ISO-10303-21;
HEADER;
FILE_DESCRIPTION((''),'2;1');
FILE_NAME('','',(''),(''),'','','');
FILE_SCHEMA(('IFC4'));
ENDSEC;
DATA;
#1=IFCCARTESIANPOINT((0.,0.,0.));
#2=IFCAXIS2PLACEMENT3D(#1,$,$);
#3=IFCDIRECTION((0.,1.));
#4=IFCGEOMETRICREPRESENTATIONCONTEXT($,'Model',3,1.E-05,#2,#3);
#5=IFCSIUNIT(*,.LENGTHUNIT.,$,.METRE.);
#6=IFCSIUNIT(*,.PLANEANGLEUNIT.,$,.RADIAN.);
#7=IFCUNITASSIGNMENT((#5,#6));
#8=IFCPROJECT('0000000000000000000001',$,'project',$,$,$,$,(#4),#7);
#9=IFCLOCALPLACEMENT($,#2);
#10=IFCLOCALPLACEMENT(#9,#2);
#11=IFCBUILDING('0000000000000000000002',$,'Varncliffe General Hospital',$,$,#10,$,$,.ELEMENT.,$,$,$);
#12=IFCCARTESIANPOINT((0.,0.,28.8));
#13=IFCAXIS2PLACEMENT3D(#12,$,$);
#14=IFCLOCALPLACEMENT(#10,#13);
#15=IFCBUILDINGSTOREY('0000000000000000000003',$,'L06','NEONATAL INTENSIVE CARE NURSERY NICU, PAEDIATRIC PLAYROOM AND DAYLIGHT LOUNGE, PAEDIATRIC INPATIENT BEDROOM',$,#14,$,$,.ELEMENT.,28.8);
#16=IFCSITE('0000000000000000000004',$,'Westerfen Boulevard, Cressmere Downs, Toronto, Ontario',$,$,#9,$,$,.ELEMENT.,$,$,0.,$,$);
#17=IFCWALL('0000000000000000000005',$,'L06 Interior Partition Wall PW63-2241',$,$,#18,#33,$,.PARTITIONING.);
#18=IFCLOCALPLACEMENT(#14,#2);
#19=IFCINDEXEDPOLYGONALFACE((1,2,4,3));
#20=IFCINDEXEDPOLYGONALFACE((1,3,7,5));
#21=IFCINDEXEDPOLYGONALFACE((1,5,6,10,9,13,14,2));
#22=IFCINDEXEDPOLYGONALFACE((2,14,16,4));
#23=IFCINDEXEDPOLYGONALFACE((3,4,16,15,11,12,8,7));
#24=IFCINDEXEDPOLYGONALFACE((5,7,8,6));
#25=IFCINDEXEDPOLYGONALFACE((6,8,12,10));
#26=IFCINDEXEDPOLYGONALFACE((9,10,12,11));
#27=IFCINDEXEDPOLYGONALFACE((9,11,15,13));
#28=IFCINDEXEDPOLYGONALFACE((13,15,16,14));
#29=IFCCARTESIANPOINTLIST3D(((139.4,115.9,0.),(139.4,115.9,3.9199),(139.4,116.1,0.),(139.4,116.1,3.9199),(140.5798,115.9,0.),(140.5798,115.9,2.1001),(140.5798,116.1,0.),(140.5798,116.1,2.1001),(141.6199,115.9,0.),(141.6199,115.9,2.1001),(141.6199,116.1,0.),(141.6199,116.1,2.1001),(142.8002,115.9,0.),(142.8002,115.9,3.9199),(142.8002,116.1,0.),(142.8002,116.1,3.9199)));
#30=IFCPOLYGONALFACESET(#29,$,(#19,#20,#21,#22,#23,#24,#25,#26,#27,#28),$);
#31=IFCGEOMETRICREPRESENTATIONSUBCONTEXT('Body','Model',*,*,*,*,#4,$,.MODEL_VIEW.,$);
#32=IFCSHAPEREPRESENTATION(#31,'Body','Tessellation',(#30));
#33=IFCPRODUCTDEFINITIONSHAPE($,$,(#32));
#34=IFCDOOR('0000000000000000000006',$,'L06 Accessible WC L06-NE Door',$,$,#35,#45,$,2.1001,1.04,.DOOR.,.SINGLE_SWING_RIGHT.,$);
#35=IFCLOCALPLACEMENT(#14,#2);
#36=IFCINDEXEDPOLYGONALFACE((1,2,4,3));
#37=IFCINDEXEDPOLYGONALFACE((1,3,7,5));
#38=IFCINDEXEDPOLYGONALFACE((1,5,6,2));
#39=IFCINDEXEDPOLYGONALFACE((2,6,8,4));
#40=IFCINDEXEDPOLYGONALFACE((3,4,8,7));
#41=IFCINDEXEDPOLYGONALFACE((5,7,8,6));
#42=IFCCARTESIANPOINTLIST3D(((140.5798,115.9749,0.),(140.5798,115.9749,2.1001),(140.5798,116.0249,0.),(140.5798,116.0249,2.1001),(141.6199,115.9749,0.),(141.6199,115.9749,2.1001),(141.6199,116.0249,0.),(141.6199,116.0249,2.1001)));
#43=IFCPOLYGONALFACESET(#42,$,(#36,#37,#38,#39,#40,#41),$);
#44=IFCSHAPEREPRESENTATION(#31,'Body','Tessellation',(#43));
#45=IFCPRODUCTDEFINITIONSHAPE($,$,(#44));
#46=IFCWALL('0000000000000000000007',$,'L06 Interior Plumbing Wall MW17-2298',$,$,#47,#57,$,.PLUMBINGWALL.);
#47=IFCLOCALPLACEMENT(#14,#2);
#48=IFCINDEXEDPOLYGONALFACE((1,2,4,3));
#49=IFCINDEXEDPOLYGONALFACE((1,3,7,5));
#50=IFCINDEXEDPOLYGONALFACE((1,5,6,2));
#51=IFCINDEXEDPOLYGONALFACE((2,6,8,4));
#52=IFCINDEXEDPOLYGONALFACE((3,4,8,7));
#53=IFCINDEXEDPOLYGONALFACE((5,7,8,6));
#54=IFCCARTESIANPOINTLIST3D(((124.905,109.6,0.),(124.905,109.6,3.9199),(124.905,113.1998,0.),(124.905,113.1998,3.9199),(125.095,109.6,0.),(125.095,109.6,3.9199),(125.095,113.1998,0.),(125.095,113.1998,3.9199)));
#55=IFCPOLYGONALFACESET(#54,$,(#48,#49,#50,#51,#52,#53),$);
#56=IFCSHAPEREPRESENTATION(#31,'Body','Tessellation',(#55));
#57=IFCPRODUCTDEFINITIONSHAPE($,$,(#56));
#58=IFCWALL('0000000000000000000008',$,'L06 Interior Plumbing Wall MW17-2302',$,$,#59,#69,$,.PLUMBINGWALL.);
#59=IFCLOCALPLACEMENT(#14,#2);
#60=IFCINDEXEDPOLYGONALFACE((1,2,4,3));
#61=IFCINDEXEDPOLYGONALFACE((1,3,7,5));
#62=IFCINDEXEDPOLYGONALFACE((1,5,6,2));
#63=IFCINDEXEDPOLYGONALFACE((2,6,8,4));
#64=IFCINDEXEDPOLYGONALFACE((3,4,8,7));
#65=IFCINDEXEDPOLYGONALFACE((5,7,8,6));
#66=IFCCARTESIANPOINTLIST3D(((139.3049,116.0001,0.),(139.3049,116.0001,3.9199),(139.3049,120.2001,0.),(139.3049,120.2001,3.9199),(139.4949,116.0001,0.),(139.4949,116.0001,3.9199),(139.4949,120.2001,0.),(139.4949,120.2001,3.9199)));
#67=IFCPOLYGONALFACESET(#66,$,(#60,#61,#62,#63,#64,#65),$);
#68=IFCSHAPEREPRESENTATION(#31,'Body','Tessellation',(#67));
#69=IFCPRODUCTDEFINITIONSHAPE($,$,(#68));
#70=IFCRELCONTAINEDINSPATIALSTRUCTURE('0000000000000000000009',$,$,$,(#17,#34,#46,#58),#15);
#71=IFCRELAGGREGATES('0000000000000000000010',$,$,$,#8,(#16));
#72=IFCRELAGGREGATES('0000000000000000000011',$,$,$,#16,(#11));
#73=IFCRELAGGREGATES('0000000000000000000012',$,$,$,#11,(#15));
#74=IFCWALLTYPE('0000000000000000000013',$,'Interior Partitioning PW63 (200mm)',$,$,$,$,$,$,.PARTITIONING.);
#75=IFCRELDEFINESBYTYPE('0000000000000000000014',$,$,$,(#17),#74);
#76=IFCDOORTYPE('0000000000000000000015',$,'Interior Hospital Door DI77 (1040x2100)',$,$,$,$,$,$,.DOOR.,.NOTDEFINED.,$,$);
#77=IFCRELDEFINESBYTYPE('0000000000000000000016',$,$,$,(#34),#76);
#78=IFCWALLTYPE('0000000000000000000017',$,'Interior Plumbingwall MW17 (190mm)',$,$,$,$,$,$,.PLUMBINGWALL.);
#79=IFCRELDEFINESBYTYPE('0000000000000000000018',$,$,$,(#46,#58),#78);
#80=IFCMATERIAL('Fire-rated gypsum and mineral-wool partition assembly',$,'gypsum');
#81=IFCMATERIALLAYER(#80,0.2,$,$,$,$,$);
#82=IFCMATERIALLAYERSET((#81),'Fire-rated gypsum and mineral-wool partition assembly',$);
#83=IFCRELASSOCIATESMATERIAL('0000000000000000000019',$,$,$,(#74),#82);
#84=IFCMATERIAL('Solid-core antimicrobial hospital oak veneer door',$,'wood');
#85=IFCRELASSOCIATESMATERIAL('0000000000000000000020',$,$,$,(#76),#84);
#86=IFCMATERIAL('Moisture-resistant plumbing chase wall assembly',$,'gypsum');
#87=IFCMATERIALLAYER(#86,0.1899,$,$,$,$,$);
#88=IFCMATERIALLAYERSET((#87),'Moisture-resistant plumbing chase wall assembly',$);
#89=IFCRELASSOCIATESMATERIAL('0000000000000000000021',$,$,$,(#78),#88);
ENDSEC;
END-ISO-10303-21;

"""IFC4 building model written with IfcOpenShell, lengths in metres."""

from ifc_helpers import new_model, si_unit, direction, frame, frame_2d, origin, place, context, subcontext, project, spatial, rectangle, extrude, material, layer, layer_set, type_object, element, fill, save


model = new_model("IFC4")

# Units and contexts
model_context = context("Model", 3, precision=1e-05, world=origin(), true_north=direction((0.0, 1.0)))
body_context = subcontext(model_context, "Body", "Model", "MODEL_VIEW")
ifc_project = project(units=[si_unit("LENGTHUNIT", "METRE"), si_unit("PLANEANGLEUNIT", "RADIAN")], contexts=[model_context])

# Site, building, storey
site_placement = place(None, origin())
site = spatial("IfcSite", under=ifc_project, at=site_placement, Name="Westerfen Boulevard, Cressmere Downs, Toronto, Ontario", CompositionType="ELEMENT", RefElevation=0.0)
building_placement = place(site_placement, origin())
building = spatial("IfcBuilding", under=site, at=building_placement, Name="Varncliffe General Hospital", CompositionType="ELEMENT")
storey_placement = place(building_placement, frame((0.0, 0.0, 28.8)))
storey = spatial("IfcBuildingStorey", under=building, at=storey_placement, Name="L06", Description="NEONATAL INTENSIVE CARE NURSERY NICU, PAEDIATRIC PLAYROOM AND DAYLIGHT LOUNGE, PAEDIATRIC INPATIENT BEDROOM", CompositionType="ELEMENT", Elevation=28.8)

# Shared definitions
ifc_material_1 = material(Name="Fire-rated gypsum and mineral-wool partition assembly", Category="gypsum")

# Wall, opening, door
ifc_layer_1 = layer(ifc_material_1, 0.2)
ifc_layer_set_1 = layer_set([ifc_layer_1], Name="Fire-rated gypsum and mineral-wool partition assembly")
wall_type_1 = type_object("IfcWallType", Name="Interior Partitioning PW63 (200mm)", PredefinedType="PARTITIONING", material=ifc_layer_set_1)
wall_1_placement = place(storey_placement, frame((139.3999, 116.0, 0.0), z_axis=(0.0, 0.0, 1.0), x_axis=(1.0, 0.0, 0.0)))
wall_1 = element("IfcWall", 1, at=wall_1_placement, inside=storey, type_object=wall_type_1, Name="L06 Interior Partition Wall PW63-2241", PredefinedType="PARTITIONING", context=body_context, shape_type="SweptSolid", body=[
    extrude(rectangle(XDim=3.4001, YDim=0.2, at=frame_2d((1.7002, 0.0))), origin(), (0.0, 0.0, 1.0), 3.9199),
])
opening_1_placement = place(wall_1_placement, frame((1.1799, 0.0, 0.0)))
opening_1 = element("IfcOpeningElement", 2, at=opening_1_placement, cuts=wall_1, PredefinedType="OPENING", context=body_context, shape_type="SweptSolid", body=[
    extrude(rectangle(XDim=1.04, YDim=2.1001, at=frame_2d((0.52, 1.05))), frame((0.0, 0.1099, 0.0), z_axis=(0.0, -1.0, 0.0), x_axis=(1.0, 0.0, 0.0)), (0.0, 0.0, 1.0), 0.22),
])
ifc_material_2 = material(Name="Solid-core antimicrobial hospital oak veneer door", Category="wood")
door_type_1 = type_object("IfcDoorType", Name="Interior Hospital Door DI77 (1040x2100)", OperationType="NOTDEFINED", PredefinedType="DOOR", material=ifc_material_2)
door_1_placement = place(opening_1_placement, origin())
door_1 = element("IfcDoor", 3, at=door_1_placement, inside=storey, type_object=door_type_1, Name="L06 Accessible WC L06-NE Door", OperationType="SINGLE_SWING_RIGHT", OverallHeight=2.1001, OverallWidth=1.04, PredefinedType="DOOR", context=body_context, shape_type="SweptSolid", body=[
    extrude(rectangle(XDim=1.04, YDim=2.1001, at=frame_2d((0.52, 1.05))), frame((0.0, 0.0249, 0.0), z_axis=(0.0, -1.0, 0.0), x_axis=(1.0, 0.0, 0.0)), (0.0, 0.0, 1.0), 0.05),
])
fill(opening_1, door_1)

# Walls
ifc_material_3 = material(Name="Moisture-resistant plumbing chase wall assembly", Category="gypsum")
ifc_layer_2 = layer(ifc_material_3, 0.1899)
ifc_layer_set_2 = layer_set([ifc_layer_2], Name="Moisture-resistant plumbing chase wall assembly")
wall_type_2 = type_object("IfcWallType", Name="Interior Plumbingwall MW17 (190mm)", PredefinedType="PLUMBINGWALL", material=ifc_layer_set_2)
wall_2_placement = place(storey_placement, frame((125.0, 109.6001, 0.0), z_axis=(0.0, 0.0, 1.0), x_axis=(0.0, 1.0, 0.0)))
element("IfcWall", 4, at=wall_2_placement, inside=storey, type_object=wall_type_2, Name="L06 Interior Plumbing Wall MW17-2298", PredefinedType="PLUMBINGWALL", context=body_context, shape_type="SweptSolid", body=[
    extrude(rectangle(XDim=3.5999, YDim=0.1899, at=frame_2d((1.7998, 0.0))), origin(), (0.0, 0.0, 1.0), 3.9199),
])
wall_3_placement = place(storey_placement, frame((139.3999, 116.0, 0.0), z_axis=(0.0, 0.0, 1.0), x_axis=(0.0, 1.0, 0.0)))
element("IfcWall", 5, at=wall_3_placement, inside=storey, type_object=wall_type_2, Name="L06 Interior Plumbing Wall MW17-2302", PredefinedType="PLUMBINGWALL", context=body_context, shape_type="SweptSolid", body=[
    extrude(rectangle(XDim=4.2, YDim=0.1899, at=frame_2d((2.1001, 0.0))), origin(), (0.0, 0.0, 1.0), 3.9199),
])

save(model, "model.ifc")
